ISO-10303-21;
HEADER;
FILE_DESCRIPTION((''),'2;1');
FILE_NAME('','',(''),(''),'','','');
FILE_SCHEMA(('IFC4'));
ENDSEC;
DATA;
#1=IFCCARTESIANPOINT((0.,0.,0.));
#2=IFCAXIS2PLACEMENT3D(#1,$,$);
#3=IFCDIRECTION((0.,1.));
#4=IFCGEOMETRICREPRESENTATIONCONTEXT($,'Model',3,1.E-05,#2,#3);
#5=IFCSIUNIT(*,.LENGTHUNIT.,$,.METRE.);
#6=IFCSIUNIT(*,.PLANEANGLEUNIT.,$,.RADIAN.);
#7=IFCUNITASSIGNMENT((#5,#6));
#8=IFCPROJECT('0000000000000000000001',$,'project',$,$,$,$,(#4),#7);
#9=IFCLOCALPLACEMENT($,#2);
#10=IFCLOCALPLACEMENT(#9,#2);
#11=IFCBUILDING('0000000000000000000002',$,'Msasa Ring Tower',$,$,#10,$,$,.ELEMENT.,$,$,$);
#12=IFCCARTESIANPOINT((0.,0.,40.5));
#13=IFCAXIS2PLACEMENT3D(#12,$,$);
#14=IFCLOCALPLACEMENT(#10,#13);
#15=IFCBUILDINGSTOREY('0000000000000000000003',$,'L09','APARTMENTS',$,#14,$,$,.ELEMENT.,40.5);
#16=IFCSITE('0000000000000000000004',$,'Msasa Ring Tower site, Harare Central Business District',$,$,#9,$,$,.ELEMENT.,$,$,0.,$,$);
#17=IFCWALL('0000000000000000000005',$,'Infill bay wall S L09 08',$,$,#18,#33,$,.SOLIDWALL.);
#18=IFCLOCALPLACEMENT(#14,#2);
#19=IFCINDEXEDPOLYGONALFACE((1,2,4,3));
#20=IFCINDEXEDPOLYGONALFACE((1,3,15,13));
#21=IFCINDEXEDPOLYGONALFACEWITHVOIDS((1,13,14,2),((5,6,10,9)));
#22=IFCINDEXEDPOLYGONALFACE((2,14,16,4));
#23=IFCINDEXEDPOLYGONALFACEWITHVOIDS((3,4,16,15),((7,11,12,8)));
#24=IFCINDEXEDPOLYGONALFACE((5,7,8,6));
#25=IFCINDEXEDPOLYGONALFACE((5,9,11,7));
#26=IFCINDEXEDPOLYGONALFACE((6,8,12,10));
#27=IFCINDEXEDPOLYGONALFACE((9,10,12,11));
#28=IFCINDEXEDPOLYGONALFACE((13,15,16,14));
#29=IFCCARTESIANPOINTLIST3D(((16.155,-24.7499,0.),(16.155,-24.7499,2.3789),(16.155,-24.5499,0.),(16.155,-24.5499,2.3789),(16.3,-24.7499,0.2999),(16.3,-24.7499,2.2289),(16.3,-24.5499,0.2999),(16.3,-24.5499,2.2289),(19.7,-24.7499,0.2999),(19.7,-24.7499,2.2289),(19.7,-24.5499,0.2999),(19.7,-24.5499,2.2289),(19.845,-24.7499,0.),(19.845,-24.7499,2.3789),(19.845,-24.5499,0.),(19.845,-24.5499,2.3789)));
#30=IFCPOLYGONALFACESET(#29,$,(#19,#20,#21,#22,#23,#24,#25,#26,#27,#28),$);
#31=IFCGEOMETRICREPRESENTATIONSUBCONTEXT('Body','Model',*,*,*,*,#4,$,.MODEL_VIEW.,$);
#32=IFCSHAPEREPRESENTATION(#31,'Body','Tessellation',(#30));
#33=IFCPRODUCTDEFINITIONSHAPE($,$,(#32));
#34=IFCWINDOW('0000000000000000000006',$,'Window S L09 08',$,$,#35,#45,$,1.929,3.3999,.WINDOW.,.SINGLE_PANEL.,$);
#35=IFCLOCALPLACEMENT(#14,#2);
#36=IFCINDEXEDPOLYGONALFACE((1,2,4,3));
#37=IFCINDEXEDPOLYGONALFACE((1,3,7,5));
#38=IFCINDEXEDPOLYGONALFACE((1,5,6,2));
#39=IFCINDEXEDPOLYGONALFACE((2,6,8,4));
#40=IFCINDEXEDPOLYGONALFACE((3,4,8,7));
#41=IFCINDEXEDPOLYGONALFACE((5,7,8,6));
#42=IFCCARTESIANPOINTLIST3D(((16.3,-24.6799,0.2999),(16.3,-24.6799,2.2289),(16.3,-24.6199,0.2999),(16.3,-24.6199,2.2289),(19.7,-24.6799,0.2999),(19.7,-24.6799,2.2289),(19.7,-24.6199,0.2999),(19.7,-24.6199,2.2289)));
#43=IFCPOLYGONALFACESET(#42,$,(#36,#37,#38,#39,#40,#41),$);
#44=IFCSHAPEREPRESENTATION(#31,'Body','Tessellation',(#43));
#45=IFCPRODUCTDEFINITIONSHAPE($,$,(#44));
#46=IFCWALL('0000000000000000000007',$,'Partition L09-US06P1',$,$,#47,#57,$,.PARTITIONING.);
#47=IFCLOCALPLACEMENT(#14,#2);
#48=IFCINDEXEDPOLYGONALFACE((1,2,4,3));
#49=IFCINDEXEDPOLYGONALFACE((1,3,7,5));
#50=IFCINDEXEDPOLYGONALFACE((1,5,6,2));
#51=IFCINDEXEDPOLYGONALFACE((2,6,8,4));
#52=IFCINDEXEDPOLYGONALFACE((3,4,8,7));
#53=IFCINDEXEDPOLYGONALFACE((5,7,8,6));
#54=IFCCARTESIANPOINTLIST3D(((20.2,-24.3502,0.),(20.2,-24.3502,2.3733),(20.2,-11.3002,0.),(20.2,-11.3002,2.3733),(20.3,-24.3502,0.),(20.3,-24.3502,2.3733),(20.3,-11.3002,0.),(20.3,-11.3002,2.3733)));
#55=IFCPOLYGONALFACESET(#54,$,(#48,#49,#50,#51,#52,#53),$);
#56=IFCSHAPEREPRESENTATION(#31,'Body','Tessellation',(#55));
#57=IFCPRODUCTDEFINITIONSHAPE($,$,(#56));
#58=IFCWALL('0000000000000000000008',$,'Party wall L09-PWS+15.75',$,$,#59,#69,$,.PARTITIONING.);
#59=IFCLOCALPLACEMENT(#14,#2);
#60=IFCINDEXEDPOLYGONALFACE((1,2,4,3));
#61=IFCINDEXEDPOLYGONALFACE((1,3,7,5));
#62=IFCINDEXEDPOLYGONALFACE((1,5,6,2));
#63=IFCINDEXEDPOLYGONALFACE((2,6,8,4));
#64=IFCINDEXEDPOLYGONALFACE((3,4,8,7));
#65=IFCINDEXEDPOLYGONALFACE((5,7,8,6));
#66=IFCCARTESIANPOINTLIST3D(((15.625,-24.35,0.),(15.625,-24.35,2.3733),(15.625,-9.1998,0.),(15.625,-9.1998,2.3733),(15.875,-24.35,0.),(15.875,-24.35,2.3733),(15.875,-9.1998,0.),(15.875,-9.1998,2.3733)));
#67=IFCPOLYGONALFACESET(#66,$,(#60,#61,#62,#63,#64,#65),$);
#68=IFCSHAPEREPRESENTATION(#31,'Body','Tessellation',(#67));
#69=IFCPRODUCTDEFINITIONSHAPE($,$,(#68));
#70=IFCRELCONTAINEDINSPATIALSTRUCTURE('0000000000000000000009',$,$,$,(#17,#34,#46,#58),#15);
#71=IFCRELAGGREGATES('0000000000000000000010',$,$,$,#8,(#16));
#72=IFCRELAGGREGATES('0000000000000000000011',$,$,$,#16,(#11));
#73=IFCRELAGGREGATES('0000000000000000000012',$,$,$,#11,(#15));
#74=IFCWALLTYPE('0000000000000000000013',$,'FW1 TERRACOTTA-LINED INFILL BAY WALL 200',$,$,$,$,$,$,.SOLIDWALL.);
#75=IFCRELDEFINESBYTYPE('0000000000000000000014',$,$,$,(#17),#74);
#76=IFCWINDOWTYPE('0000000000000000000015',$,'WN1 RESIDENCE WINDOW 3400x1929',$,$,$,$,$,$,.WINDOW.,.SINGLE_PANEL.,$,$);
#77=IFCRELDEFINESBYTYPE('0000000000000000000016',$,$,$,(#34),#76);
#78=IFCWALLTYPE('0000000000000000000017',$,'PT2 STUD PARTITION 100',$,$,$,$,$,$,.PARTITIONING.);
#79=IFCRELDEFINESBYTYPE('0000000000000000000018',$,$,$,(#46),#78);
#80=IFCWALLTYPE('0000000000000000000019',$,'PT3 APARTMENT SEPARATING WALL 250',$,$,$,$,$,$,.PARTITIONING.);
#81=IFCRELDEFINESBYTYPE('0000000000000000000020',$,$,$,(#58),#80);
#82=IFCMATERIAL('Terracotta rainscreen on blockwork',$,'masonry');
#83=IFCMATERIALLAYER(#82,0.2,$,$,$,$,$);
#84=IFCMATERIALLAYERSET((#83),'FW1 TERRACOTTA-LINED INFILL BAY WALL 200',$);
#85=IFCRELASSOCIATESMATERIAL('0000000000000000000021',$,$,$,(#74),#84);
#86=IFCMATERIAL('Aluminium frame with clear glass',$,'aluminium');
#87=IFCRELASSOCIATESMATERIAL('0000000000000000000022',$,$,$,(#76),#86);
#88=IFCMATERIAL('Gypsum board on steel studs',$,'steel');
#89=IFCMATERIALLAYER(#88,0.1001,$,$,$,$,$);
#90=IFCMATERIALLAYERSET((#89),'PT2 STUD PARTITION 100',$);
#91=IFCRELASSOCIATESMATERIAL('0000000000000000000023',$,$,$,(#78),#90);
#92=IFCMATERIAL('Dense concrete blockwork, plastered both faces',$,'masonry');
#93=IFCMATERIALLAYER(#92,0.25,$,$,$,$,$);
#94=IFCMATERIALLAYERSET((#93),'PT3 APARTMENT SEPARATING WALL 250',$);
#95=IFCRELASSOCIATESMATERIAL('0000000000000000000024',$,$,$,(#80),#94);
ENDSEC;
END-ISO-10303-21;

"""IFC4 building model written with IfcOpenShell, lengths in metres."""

from ifc_helpers import new_model, si_unit, direction, frame, frame_2d, origin, place, context, subcontext, project, spatial, rectangle, extrude, material, layer, layer_set, type_object, element, fill, save


model = new_model("IFC4")

# Units and contexts
model_context = context("Model", 3, precision=1e-05, world=origin(), true_north=direction((0.0, 1.0)))
body_context = subcontext(model_context, "Body", "Model", "MODEL_VIEW")
ifc_project = project(units=[si_unit("LENGTHUNIT", "METRE"), si_unit("PLANEANGLEUNIT", "RADIAN")], contexts=[model_context])

# Site, building, storey
site_placement = place(None, origin())
site = spatial("IfcSite", under=ifc_project, at=site_placement, Name="Msasa Ring Tower site, Harare Central Business District", CompositionType="ELEMENT", RefElevation=0.0)
building_placement = place(site_placement, origin())
building = spatial("IfcBuilding", under=site, at=building_placement, Name="Msasa Ring Tower", CompositionType="ELEMENT")
storey_placement = place(building_placement, frame((0.0, 0.0, 40.5)))
storey = spatial("IfcBuildingStorey", under=building, at=storey_placement, Name="L09", Description="APARTMENTS", CompositionType="ELEMENT", Elevation=40.5)

# Wall, opening, window
ifc_material_1 = material(Name="Terracotta rainscreen on blockwork", Category="masonry")
ifc_layer_1 = layer(ifc_material_1, 0.2)
ifc_layer_set_1 = layer_set([ifc_layer_1], Name="FW1 TERRACOTTA-LINED INFILL BAY WALL 200")
wall_type_1 = type_object("IfcWallType", Name="FW1 TERRACOTTA-LINED INFILL BAY WALL 200", PredefinedType="SOLIDWALL", material=ifc_layer_set_1)
wall_1_placement = place(storey_placement, frame((16.155, -24.6499, 0.0), z_axis=(0.0, 0.0, 1.0), x_axis=(1.0, 0.0, 0.0)))
wall_1 = element("IfcWall", 1, at=wall_1_placement, inside=storey, type_object=wall_type_1, Name="Infill bay wall S L09 08", PredefinedType="SOLIDWALL", context=body_context, shape_type="SweptSolid", body=[
    extrude(rectangle(XDim=3.6899, YDim=0.2, at=frame_2d((1.845, 0.0))), origin(), (0.0, 0.0, 1.0), 2.3789),
])
opening_placement = place(wall_1_placement, frame((0.145, 0.0, 0.3)))
opening = element("IfcOpeningElement", 2, at=opening_placement, cuts=wall_1, PredefinedType="OPENING", context=body_context, shape_type="SweptSolid", body=[
    extrude(rectangle(XDim=3.3999, YDim=1.929, at=frame_2d((1.7, 0.9644))), frame((0.0, 0.1099, 0.0), z_axis=(0.0, -1.0, 0.0), x_axis=(1.0, 0.0, 0.0)), (0.0, 0.0, 1.0), 0.22),
])
ifc_material_2 = material(Name="Aluminium frame with clear glass", Category="aluminium")
window_type = type_object("IfcWindowType", Name="WN1 RESIDENCE WINDOW 3400x1929", PartitioningType="SINGLE_PANEL", PredefinedType="WINDOW", material=ifc_material_2)
window_placement = place(opening_placement, origin())
window = element("IfcWindow", 3, at=window_placement, inside=storey, type_object=window_type, Name="Window S L09 08", OverallHeight=1.929, OverallWidth=3.3999, PartitioningType="SINGLE_PANEL", PredefinedType="WINDOW", context=body_context, shape_type="SweptSolid", body=[
    extrude(rectangle(XDim=3.3999, YDim=1.929, at=frame_2d((1.7, 0.9644))), frame((0.0, 0.03, 0.0), z_axis=(0.0, -1.0, 0.0), x_axis=(1.0, 0.0, 0.0)), (0.0, 0.0, 1.0), 0.0601),
])
fill(opening, window)

# Walls
ifc_material_3 = material(Name="Gypsum board on steel studs", Category="steel")
ifc_layer_2 = layer(ifc_material_3, 0.1001)
ifc_layer_set_2 = layer_set([ifc_layer_2], Name="PT2 STUD PARTITION 100")
wall_type_2 = type_object("IfcWallType", Name="PT2 STUD PARTITION 100", PredefinedType="PARTITIONING", material=ifc_layer_set_2)
wall_2_placement = place(storey_placement, frame((20.25, -24.3501, 0.0), z_axis=(0.0, 0.0, 1.0), x_axis=(0.0, 1.0, 0.0)))
element("IfcWall", 4, at=wall_2_placement, inside=storey, type_object=wall_type_2, Name="Partition L09-US06P1", PredefinedType="PARTITIONING", context=body_context, shape_type="SweptSolid", body=[
    extrude(rectangle(XDim=13.05, YDim=0.1001, at=frame_2d((6.5249, 0.0))), origin(), (0.0, 0.0, 1.0), 2.3733),
])
ifc_material_4 = material(Name="Dense concrete blockwork, plastered both faces", Category="masonry")
ifc_layer_3 = layer(ifc_material_4, 0.25)
ifc_layer_set_3 = layer_set([ifc_layer_3], Name="PT3 APARTMENT SEPARATING WALL 250")
wall_type_3 = type_object("IfcWallType", Name="PT3 APARTMENT SEPARATING WALL 250", PredefinedType="PARTITIONING", material=ifc_layer_set_3)
wall_3_placement = place(storey_placement, frame((15.75, -24.3501, 0.0), z_axis=(0.0, 0.0, 1.0), x_axis=(0.0, 1.0, 0.0)))
element("IfcWall", 5, at=wall_3_placement, inside=storey, type_object=wall_type_3, Name="Party wall L09-PWS+15.75", PredefinedType="PARTITIONING", context=body_context, shape_type="SweptSolid", body=[
    extrude(rectangle(XDim=15.1501, YDim=0.25, at=frame_2d((7.5752, 0.0))), origin(), (0.0, 0.0, 1.0), 2.3733),
])

save(model, "model.ifc")
